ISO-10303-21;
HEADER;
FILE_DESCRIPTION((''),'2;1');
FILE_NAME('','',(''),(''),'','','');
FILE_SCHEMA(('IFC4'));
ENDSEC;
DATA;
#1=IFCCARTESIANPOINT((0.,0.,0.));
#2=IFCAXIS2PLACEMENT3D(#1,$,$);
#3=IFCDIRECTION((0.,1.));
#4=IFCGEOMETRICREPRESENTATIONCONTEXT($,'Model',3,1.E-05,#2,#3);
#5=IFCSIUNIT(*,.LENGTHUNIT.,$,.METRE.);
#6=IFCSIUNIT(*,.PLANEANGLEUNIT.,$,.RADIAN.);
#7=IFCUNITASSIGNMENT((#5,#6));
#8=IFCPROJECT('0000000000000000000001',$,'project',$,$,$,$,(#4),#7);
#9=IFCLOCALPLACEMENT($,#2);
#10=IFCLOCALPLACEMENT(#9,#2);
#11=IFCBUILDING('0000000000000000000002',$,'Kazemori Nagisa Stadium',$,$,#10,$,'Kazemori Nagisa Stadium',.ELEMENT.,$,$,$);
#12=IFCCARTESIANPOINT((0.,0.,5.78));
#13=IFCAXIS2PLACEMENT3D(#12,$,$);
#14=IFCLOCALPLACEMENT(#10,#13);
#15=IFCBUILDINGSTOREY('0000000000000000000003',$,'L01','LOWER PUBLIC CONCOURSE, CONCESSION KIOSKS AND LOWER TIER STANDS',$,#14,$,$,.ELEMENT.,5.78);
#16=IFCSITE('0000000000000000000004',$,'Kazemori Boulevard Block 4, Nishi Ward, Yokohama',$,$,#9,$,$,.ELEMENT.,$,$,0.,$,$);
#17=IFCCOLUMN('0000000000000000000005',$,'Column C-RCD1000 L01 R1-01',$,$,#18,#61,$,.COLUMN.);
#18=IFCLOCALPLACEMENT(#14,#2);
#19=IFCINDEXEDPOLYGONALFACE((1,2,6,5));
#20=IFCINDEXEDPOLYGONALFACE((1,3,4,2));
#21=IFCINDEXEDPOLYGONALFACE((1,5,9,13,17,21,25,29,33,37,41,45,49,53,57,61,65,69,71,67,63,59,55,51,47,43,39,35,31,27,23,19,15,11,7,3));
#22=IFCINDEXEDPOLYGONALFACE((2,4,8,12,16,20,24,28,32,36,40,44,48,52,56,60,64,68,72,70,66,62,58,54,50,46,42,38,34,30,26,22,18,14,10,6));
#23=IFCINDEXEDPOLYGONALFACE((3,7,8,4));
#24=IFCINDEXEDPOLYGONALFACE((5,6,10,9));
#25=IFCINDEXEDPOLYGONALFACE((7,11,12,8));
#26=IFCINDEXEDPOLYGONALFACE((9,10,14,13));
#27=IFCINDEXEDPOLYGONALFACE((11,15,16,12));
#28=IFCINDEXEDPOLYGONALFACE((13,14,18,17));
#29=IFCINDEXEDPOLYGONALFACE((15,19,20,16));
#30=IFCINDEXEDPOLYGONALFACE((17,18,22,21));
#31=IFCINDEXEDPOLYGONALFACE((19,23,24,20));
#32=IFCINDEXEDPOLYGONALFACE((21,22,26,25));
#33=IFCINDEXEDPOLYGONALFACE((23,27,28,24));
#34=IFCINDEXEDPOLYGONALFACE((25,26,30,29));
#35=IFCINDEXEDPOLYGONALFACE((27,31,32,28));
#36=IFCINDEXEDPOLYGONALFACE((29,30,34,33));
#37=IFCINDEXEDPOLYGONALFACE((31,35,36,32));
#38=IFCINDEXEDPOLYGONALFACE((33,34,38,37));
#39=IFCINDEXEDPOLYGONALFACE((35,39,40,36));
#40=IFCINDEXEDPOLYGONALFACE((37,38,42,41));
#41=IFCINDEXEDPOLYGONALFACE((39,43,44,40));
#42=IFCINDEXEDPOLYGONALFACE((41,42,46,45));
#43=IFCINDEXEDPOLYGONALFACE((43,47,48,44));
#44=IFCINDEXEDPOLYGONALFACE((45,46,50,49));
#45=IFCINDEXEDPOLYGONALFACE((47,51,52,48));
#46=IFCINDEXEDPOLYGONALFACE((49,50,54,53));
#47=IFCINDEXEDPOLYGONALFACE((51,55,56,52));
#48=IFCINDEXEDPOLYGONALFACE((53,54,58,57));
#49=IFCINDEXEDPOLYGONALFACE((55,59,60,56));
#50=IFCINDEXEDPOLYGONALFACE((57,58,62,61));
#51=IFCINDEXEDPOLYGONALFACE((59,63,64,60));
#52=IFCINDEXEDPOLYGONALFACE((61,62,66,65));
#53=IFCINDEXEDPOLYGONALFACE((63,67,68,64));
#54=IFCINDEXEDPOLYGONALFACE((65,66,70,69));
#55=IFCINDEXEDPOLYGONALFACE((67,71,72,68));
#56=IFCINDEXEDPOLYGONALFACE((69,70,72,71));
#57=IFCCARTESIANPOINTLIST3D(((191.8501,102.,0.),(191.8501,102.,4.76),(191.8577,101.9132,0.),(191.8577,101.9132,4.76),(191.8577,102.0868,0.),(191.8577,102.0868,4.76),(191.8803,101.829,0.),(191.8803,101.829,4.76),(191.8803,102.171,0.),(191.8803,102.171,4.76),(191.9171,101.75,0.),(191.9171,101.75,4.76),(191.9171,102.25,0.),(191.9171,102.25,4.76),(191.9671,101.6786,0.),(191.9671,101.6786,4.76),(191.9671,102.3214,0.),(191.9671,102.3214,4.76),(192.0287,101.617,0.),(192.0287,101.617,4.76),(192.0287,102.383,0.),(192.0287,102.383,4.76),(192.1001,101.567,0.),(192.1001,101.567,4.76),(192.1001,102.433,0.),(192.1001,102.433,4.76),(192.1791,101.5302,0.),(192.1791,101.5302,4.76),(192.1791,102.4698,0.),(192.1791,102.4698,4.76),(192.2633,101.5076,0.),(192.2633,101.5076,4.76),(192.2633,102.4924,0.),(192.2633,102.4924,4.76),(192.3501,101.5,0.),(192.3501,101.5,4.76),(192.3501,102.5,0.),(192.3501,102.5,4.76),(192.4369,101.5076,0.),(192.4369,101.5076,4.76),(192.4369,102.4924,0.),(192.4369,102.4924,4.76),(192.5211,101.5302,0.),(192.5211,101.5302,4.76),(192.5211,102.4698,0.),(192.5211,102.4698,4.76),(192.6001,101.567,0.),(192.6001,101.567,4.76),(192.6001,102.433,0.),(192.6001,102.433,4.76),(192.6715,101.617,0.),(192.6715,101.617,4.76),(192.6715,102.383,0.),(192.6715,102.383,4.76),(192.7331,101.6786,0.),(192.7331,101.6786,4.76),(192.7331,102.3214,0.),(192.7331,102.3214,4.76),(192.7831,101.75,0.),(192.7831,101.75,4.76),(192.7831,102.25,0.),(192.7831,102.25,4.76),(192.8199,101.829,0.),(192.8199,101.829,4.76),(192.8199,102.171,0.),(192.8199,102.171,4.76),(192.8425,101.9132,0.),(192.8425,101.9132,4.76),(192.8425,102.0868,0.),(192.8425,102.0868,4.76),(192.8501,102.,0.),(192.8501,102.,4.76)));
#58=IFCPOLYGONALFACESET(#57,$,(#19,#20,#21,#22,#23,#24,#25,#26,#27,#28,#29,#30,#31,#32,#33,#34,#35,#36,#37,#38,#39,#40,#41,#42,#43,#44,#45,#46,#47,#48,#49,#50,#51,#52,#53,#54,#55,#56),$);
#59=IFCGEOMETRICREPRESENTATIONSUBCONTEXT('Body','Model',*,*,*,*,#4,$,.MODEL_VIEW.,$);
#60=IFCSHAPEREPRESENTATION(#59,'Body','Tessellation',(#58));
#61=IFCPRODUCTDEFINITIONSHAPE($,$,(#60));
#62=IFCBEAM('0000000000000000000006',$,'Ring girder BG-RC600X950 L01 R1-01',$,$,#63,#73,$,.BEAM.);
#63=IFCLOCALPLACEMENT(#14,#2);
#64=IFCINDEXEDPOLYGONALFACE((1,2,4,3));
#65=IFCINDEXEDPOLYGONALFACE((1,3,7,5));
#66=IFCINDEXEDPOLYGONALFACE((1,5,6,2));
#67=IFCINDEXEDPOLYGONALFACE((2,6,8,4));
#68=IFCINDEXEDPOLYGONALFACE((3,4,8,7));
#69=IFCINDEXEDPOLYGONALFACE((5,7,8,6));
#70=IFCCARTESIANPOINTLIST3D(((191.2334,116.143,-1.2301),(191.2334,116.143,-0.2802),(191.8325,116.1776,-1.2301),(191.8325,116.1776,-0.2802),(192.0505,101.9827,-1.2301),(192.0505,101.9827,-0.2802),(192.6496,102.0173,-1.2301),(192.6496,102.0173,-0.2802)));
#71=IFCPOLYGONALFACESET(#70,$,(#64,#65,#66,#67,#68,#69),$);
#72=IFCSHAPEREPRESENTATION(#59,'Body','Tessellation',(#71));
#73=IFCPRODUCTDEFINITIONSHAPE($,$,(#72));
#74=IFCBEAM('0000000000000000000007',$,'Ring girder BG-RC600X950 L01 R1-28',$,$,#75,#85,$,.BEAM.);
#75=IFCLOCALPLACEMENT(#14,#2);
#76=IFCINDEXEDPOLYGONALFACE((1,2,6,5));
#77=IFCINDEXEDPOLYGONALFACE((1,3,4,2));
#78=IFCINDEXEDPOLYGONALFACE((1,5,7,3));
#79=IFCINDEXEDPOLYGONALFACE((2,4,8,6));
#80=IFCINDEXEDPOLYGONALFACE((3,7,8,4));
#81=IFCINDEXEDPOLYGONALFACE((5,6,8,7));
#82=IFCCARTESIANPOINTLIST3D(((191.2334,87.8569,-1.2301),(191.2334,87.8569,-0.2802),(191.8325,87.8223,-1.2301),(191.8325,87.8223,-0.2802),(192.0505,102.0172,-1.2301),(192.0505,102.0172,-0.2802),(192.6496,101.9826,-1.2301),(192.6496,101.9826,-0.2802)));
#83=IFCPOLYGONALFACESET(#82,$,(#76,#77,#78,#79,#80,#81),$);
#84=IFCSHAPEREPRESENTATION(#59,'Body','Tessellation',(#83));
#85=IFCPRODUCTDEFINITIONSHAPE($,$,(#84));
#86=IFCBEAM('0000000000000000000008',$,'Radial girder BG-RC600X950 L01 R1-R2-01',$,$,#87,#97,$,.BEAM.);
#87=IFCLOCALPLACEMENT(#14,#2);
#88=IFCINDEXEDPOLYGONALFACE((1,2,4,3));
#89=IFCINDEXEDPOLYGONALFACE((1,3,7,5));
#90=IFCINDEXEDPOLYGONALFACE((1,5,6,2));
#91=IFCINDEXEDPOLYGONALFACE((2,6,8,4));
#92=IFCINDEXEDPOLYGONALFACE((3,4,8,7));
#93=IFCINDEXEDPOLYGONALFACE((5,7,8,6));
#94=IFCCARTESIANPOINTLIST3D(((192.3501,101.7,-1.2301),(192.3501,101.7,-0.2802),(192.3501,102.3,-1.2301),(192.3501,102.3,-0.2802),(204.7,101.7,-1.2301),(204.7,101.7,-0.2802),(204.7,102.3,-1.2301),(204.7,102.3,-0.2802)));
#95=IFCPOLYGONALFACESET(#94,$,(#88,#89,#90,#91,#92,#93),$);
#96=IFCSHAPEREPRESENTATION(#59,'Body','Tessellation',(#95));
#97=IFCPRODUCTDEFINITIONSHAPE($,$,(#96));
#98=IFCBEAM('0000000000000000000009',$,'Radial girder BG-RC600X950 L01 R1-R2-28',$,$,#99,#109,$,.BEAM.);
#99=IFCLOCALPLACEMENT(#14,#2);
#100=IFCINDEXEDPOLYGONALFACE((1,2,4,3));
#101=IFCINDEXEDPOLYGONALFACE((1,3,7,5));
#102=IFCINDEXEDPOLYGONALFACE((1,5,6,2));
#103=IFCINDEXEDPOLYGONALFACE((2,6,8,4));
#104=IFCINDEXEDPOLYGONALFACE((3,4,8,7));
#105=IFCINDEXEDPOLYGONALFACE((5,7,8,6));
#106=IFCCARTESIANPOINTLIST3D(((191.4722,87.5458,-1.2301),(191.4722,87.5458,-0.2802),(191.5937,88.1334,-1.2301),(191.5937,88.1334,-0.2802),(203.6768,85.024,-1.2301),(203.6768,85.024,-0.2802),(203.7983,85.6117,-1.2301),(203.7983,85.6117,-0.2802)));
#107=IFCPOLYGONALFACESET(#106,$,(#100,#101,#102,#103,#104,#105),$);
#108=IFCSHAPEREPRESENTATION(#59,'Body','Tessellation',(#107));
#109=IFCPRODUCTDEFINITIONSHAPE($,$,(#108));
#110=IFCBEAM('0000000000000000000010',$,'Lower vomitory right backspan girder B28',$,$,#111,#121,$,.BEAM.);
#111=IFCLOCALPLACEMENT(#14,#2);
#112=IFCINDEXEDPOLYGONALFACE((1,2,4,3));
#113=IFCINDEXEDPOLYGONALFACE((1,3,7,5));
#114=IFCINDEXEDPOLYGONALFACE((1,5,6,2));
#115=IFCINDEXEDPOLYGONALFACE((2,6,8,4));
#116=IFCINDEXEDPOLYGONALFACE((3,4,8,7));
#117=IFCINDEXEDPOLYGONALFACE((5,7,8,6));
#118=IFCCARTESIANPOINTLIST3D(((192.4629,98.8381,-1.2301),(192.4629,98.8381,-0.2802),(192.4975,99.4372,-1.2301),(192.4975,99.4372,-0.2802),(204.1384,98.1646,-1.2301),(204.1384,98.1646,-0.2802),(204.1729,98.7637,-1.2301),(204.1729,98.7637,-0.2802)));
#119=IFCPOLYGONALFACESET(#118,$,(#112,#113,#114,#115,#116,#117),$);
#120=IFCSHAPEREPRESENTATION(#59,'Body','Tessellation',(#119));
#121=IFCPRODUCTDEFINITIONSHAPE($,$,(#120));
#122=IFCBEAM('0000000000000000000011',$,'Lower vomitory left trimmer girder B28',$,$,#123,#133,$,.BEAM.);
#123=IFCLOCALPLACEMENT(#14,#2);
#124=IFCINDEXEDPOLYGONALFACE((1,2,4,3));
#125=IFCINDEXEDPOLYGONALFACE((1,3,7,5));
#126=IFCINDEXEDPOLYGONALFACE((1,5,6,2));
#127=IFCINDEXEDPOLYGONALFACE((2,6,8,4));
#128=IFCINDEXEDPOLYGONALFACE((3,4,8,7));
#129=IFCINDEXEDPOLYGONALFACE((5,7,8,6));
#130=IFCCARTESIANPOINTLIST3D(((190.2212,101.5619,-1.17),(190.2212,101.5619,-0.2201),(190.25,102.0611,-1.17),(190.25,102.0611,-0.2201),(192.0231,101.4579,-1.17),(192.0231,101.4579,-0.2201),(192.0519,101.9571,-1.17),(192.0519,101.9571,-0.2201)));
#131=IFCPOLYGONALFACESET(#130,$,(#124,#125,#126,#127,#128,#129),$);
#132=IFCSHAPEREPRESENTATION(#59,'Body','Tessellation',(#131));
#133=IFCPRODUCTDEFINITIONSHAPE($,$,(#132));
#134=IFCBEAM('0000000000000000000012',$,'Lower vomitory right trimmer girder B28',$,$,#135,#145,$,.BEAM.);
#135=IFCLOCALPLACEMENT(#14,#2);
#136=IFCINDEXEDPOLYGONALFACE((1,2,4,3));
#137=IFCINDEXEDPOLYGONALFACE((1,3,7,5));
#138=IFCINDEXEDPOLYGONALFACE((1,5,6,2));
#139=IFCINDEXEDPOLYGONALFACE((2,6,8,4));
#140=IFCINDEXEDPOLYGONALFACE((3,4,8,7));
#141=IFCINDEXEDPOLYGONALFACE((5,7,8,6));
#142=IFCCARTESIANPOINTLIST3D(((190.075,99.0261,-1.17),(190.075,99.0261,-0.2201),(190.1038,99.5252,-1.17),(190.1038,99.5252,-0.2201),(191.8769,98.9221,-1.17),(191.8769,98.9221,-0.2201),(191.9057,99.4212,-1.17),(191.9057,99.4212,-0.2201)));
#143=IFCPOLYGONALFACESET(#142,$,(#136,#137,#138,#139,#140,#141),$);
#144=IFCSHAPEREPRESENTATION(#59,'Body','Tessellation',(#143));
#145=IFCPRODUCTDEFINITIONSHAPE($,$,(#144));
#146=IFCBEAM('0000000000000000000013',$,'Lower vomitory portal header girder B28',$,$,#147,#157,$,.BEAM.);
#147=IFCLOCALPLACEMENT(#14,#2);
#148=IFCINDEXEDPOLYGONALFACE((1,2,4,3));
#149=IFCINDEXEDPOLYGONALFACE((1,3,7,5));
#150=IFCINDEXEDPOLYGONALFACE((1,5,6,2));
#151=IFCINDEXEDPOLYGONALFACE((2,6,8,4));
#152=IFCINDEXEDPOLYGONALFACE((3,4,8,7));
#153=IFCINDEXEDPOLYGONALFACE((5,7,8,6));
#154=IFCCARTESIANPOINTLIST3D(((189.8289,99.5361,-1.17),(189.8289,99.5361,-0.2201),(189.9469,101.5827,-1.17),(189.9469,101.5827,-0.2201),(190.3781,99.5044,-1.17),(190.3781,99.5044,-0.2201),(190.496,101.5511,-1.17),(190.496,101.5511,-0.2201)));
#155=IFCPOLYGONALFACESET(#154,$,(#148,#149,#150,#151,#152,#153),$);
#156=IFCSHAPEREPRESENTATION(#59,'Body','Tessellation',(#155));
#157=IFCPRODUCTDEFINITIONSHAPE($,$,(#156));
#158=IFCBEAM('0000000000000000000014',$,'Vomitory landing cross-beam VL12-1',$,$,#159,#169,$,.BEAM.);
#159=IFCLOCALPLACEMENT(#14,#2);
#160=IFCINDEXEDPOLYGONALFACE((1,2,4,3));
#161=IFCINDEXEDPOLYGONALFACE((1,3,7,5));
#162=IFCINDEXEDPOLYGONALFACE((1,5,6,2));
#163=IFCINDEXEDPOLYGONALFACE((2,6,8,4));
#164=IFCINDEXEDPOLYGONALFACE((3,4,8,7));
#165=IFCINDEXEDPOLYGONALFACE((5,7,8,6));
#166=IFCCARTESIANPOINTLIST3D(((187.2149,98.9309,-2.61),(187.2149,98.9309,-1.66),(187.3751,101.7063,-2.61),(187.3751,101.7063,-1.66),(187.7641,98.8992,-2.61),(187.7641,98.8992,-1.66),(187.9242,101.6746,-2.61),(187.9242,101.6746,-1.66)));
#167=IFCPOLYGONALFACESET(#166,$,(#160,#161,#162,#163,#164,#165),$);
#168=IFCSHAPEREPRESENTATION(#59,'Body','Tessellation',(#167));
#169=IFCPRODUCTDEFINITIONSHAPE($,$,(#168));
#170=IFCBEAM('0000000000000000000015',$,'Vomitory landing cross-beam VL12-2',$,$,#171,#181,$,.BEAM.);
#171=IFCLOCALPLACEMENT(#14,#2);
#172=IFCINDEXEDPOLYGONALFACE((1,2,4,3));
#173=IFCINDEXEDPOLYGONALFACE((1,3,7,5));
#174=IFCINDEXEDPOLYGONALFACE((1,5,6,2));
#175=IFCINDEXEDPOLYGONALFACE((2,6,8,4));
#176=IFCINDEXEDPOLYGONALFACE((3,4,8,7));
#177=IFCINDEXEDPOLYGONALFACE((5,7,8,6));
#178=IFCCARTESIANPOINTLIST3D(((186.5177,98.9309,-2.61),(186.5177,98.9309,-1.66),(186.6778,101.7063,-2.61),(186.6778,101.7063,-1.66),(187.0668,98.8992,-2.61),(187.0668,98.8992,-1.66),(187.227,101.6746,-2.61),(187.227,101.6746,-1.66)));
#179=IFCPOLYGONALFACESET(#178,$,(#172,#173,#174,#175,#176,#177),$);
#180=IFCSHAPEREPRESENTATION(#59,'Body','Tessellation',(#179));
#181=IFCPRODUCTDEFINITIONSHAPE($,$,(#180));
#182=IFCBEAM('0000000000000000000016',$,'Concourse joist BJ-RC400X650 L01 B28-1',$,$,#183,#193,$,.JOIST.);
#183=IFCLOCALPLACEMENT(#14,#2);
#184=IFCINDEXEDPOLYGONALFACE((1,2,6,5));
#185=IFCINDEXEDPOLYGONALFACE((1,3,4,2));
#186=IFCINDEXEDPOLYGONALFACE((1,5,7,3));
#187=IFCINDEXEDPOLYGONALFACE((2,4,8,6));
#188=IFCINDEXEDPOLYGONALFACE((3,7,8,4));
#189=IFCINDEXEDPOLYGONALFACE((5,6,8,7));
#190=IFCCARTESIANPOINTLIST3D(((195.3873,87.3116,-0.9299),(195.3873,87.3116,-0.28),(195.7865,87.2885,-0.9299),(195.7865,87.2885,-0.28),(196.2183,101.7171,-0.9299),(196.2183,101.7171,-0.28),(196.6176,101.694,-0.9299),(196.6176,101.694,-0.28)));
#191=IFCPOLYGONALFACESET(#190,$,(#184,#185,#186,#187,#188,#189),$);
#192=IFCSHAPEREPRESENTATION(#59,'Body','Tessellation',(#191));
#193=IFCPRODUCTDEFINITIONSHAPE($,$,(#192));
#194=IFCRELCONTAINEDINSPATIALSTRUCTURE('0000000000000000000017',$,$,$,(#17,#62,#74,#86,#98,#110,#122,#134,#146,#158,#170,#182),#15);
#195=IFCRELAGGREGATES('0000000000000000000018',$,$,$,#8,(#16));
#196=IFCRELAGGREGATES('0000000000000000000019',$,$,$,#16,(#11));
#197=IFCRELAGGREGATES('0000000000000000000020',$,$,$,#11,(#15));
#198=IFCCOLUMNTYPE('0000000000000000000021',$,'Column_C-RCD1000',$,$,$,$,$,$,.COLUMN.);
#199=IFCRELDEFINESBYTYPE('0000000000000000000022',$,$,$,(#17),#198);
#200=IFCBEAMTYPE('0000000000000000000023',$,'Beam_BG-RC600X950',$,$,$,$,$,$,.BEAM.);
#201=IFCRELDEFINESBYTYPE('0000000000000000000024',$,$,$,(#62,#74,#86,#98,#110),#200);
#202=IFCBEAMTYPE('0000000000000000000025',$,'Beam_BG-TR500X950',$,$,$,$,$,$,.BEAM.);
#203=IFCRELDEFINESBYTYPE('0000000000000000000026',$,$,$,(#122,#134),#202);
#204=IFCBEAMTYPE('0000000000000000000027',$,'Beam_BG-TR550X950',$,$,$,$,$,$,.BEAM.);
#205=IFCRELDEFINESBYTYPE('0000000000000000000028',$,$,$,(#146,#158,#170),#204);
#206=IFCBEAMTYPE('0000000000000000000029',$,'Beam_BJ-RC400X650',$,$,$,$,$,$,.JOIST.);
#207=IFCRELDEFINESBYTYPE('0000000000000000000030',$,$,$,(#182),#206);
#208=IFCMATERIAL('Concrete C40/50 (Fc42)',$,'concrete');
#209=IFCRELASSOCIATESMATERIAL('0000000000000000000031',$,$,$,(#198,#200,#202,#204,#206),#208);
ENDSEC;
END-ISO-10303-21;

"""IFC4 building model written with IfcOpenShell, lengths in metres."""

from ifc_helpers import new_model, si_unit, direction, frame, origin, origin_2d, place, context, subcontext, project, spatial, rectangle, circle, extrude, material, material_profile, profile_set, type_object, element, save


model = new_model("IFC4")

# Units and contexts
model_context = context("Model", 3, precision=1e-05, world=origin(), true_north=direction((0.0, 1.0)))
body_context = subcontext(model_context, "Body", "Model", "MODEL_VIEW")
ifc_project = project(units=[si_unit("LENGTHUNIT", "METRE"), si_unit("PLANEANGLEUNIT", "RADIAN")], contexts=[model_context])

# Site, building, storey
site_placement = place(None, origin())
site = spatial("IfcSite", under=ifc_project, at=site_placement, Name="Kazemori Boulevard Block 4, Nishi Ward, Yokohama", CompositionType="ELEMENT", RefElevation=0.0)
building_placement = place(site_placement, origin())
building = spatial("IfcBuilding", under=site, at=building_placement, Name="Kazemori Nagisa Stadium", LongName="Kazemori Nagisa Stadium", CompositionType="ELEMENT")
storey_placement = place(building_placement, frame((0.0, 0.0, 5.78)))
storey = spatial("IfcBuildingStorey", under=building, at=storey_placement, Name="L01", Description="LOWER PUBLIC CONCOURSE, CONCESSION KIOSKS AND LOWER TIER STANDS", CompositionType="ELEMENT", Elevation=5.78)

# Column
ifc_material_1 = material(Name="Concrete C40/50 (Fc42)", Category="concrete")
ifc_material_profile_1 = material_profile(ifc_material_1, circle(Radius=0.5, at=origin_2d()), Name="RC-COL-D1000")
ifc_profile_set_1 = profile_set([ifc_material_profile_1], Name="Concrete C40/50 (Fc42)")
column_type = type_object("IfcColumnType", Name="Column_C-RCD1000", PredefinedType="COLUMN", material=ifc_profile_set_1)
for number, where, z_axis, x_axis, name in (
    (1, (192.3501, 102.0, 0.0), (0.0, 0.0, 1.0), (1.0, 0.0, 0.0), "Column C-RCD1000 L01 R1-01"),
):
    element("IfcColumn", number, at=place(storey_placement, frame(where, z_axis=z_axis, x_axis=x_axis)), inside=storey, type_object=column_type, Name=name, PredefinedType="COLUMN", context=body_context, shape_type="SweptSolid", body=[
        extrude(circle(Radius=0.5, at=origin_2d()), origin(), (0.0, 0.0, 1.0), 4.76),
    ])

# Beams
ifc_material_profile_2 = material_profile(ifc_material_1, rectangle(XDim=0.6001, YDim=0.95, at=origin_2d()), Name="RC-BM-600x950")
ifc_profile_set_2 = profile_set([ifc_material_profile_2], Name="Concrete C40/50 (Fc42)")
beam_type_1 = type_object("IfcBeamType", Name="Beam_BG-RC600X950", PredefinedType="BEAM", material=ifc_profile_set_2)
for number, where, z_axis, x_axis, name in (
    (2, (192.3501, 102.0, -0.7551), (-0.05761, 0.998339, 0.0), (-0.998339, -0.05761, 0.0), "Ring girder BG-RC600X950 L01 R1-01"),
    (3, (191.533, 87.8396, -0.7551), (0.05761, 0.998339, 0.0), (-0.998339, 0.05761, 0.0), "Ring girder BG-RC600X950 L01 R1-28"),
):
    element("IfcBeam", number, at=place(storey_placement, frame(where, z_axis=z_axis, x_axis=x_axis)), inside=storey, type_object=beam_type_1, Name=name, PredefinedType="BEAM", context=body_context, shape_type="SweptSolid", body=[
        extrude(rectangle(XDim=0.6001, YDim=0.95, at=origin_2d()), origin(), (0.0, 0.0, 1.0), 14.1838),
    ])
beam_1_placement = place(storey_placement, frame((192.3501, 102.0, -0.7551), z_axis=(1.0, 0.0, 0.0), x_axis=(0.0, 1.0, 0.0)))
element("IfcBeam", 4, at=beam_1_placement, inside=storey, type_object=beam_type_1, Name="Radial girder BG-RC600X950 L01 R1-R2-01", PredefinedType="BEAM", context=body_context, shape_type="SweptSolid", body=[
    extrude(rectangle(XDim=0.6001, YDim=0.95, at=origin_2d()), origin(), (0.0, 0.0, 1.0), 12.3499),
])
beam_2_placement = place(storey_placement, frame((191.533, 87.8396, -0.7551), z_axis=(0.979314, -0.202347, 0.0), x_axis=(0.202347, 0.979314, 0.0)))
element("IfcBeam", 5, at=beam_2_placement, inside=storey, type_object=beam_type_1, Name="Radial girder BG-RC600X950 L01 R1-R2-28", PredefinedType="BEAM", context=body_context, shape_type="SweptSolid", body=[
    extrude(rectangle(XDim=0.6001, YDim=0.95, at=origin_2d()), origin(), (0.0, 0.0, 1.0), 12.4624),
])
beam_3_placement = place(storey_placement, frame((192.4802, 99.1377, -0.7551), z_axis=(0.99834, -0.057597, 0.0), x_axis=(0.057597, 0.99834, 0.0)))
element("IfcBeam", 6, at=beam_3_placement, inside=storey, type_object=beam_type_1, Name="Lower vomitory right backspan girder B28", PredefinedType="BEAM", context=body_context, shape_type="SweptSolid", body=[
    extrude(rectangle(XDim=0.6001, YDim=0.95, at=origin_2d()), origin(), (0.0, 0.0, 1.0), 11.6948),
])
ifc_material_profile_3 = material_profile(ifc_material_1, rectangle(XDim=0.5, YDim=0.95, at=origin_2d()), Name="RC-BM-500x950")
ifc_profile_set_3 = profile_set([ifc_material_profile_3], Name="Concrete C40/50 (Fc42)")
beam_type_2 = type_object("IfcBeamType", Name="Beam_BG-TR500X950", PredefinedType="BEAM", material=ifc_profile_set_3)
for number, where, z_axis, x_axis, name in (
    (7, (190.2356, 101.8115, -0.6951), (0.998339, -0.05762, 0.0), (0.05762, 0.998339, 0.0), "Lower vomitory left trimmer girder B28"),
    (8, (190.0894, 99.2756, -0.6951), (0.998339, -0.05762, 0.0), (0.05762, 0.998339, 0.0), "Lower vomitory right trimmer girder B28"),
):
    element("IfcBeam", number, at=place(storey_placement, frame(where, z_axis=z_axis, x_axis=x_axis)), inside=storey, type_object=beam_type_2, Name=name, PredefinedType="BEAM", context=body_context, shape_type="SweptSolid", body=[
        extrude(rectangle(XDim=0.5, YDim=0.95, at=origin_2d()), origin(), (0.0, 0.0, 1.0), 1.8049),
    ])
ifc_material_profile_4 = material_profile(ifc_material_1, rectangle(XDim=0.55, YDim=0.95, at=origin_2d()), Name="RC-BM-550x950")
ifc_profile_set_4 = profile_set([ifc_material_profile_4], Name="Concrete C40/50 (Fc42)")
beam_type_3 = type_object("IfcBeamType", Name="Beam_BG-TR550X950", PredefinedType="BEAM", material=ifc_profile_set_4)
beam_4_placement = place(storey_placement, frame((190.2214, 101.5669, -0.6951), z_axis=(-0.057521, -0.998344, 0.0), x_axis=(0.998344, -0.057521, 0.0)))
element("IfcBeam", 9, at=beam_4_placement, inside=storey, type_object=beam_type_3, Name="Lower vomitory portal header girder B28", PredefinedType="BEAM", context=body_context, shape_type="SweptSolid", body=[
    extrude(rectangle(XDim=0.55, YDim=0.95, at=origin_2d()), origin(), (0.0, 0.0, 1.0), 2.05),
])
for number, where, z_axis, x_axis, name in (
    (10, (187.4895, 98.915, -2.135), (0.05761, 0.998339, 0.0), (-0.998339, 0.05761, 0.0), "Vomitory landing cross-beam VL12-1"),
    (11, (186.7922, 98.915, -2.135), (0.05761, 0.998339, 0.0), (-0.998339, 0.05761, 0.0), "Vomitory landing cross-beam VL12-2"),
):
    element("IfcBeam", number, at=place(storey_placement, frame(where, z_axis=z_axis, x_axis=x_axis)), inside=storey, type_object=beam_type_3, Name=name, PredefinedType="BEAM", context=body_context, shape_type="SweptSolid", body=[
        extrude(rectangle(XDim=0.55, YDim=0.95, at=origin_2d()), origin(), (0.0, 0.0, 1.0), 2.78),
    ])
ifc_material_profile_5 = material_profile(ifc_material_1, rectangle(XDim=0.3999, YDim=0.6499, at=origin_2d()), Name="RC-BM-400x650")
ifc_profile_set_5 = profile_set([ifc_material_profile_5], Name="Concrete C40/50 (Fc42)")
beam_type_4 = type_object("IfcBeamType", Name="Beam_BJ-RC400X650", PredefinedType="JOIST", material=ifc_profile_set_5)
beam_5_placement = place(storey_placement, frame((195.5869, 87.3, -0.605), z_axis=(0.057594, 0.99834, 0.0), x_axis=(-0.99834, 0.057594, 0.0)))
element("IfcBeam", 12, at=beam_5_placement, inside=storey, type_object=beam_type_4, Name="Concourse joist BJ-RC400X650 L01 B28-1", PredefinedType="JOIST", context=body_context, shape_type="SweptSolid", body=[
    extrude(rectangle(XDim=0.3999, YDim=0.6499, at=origin_2d()), origin(), (0.0, 0.0, 1.0), 14.4294),
])

save(model, "model.ifc")
